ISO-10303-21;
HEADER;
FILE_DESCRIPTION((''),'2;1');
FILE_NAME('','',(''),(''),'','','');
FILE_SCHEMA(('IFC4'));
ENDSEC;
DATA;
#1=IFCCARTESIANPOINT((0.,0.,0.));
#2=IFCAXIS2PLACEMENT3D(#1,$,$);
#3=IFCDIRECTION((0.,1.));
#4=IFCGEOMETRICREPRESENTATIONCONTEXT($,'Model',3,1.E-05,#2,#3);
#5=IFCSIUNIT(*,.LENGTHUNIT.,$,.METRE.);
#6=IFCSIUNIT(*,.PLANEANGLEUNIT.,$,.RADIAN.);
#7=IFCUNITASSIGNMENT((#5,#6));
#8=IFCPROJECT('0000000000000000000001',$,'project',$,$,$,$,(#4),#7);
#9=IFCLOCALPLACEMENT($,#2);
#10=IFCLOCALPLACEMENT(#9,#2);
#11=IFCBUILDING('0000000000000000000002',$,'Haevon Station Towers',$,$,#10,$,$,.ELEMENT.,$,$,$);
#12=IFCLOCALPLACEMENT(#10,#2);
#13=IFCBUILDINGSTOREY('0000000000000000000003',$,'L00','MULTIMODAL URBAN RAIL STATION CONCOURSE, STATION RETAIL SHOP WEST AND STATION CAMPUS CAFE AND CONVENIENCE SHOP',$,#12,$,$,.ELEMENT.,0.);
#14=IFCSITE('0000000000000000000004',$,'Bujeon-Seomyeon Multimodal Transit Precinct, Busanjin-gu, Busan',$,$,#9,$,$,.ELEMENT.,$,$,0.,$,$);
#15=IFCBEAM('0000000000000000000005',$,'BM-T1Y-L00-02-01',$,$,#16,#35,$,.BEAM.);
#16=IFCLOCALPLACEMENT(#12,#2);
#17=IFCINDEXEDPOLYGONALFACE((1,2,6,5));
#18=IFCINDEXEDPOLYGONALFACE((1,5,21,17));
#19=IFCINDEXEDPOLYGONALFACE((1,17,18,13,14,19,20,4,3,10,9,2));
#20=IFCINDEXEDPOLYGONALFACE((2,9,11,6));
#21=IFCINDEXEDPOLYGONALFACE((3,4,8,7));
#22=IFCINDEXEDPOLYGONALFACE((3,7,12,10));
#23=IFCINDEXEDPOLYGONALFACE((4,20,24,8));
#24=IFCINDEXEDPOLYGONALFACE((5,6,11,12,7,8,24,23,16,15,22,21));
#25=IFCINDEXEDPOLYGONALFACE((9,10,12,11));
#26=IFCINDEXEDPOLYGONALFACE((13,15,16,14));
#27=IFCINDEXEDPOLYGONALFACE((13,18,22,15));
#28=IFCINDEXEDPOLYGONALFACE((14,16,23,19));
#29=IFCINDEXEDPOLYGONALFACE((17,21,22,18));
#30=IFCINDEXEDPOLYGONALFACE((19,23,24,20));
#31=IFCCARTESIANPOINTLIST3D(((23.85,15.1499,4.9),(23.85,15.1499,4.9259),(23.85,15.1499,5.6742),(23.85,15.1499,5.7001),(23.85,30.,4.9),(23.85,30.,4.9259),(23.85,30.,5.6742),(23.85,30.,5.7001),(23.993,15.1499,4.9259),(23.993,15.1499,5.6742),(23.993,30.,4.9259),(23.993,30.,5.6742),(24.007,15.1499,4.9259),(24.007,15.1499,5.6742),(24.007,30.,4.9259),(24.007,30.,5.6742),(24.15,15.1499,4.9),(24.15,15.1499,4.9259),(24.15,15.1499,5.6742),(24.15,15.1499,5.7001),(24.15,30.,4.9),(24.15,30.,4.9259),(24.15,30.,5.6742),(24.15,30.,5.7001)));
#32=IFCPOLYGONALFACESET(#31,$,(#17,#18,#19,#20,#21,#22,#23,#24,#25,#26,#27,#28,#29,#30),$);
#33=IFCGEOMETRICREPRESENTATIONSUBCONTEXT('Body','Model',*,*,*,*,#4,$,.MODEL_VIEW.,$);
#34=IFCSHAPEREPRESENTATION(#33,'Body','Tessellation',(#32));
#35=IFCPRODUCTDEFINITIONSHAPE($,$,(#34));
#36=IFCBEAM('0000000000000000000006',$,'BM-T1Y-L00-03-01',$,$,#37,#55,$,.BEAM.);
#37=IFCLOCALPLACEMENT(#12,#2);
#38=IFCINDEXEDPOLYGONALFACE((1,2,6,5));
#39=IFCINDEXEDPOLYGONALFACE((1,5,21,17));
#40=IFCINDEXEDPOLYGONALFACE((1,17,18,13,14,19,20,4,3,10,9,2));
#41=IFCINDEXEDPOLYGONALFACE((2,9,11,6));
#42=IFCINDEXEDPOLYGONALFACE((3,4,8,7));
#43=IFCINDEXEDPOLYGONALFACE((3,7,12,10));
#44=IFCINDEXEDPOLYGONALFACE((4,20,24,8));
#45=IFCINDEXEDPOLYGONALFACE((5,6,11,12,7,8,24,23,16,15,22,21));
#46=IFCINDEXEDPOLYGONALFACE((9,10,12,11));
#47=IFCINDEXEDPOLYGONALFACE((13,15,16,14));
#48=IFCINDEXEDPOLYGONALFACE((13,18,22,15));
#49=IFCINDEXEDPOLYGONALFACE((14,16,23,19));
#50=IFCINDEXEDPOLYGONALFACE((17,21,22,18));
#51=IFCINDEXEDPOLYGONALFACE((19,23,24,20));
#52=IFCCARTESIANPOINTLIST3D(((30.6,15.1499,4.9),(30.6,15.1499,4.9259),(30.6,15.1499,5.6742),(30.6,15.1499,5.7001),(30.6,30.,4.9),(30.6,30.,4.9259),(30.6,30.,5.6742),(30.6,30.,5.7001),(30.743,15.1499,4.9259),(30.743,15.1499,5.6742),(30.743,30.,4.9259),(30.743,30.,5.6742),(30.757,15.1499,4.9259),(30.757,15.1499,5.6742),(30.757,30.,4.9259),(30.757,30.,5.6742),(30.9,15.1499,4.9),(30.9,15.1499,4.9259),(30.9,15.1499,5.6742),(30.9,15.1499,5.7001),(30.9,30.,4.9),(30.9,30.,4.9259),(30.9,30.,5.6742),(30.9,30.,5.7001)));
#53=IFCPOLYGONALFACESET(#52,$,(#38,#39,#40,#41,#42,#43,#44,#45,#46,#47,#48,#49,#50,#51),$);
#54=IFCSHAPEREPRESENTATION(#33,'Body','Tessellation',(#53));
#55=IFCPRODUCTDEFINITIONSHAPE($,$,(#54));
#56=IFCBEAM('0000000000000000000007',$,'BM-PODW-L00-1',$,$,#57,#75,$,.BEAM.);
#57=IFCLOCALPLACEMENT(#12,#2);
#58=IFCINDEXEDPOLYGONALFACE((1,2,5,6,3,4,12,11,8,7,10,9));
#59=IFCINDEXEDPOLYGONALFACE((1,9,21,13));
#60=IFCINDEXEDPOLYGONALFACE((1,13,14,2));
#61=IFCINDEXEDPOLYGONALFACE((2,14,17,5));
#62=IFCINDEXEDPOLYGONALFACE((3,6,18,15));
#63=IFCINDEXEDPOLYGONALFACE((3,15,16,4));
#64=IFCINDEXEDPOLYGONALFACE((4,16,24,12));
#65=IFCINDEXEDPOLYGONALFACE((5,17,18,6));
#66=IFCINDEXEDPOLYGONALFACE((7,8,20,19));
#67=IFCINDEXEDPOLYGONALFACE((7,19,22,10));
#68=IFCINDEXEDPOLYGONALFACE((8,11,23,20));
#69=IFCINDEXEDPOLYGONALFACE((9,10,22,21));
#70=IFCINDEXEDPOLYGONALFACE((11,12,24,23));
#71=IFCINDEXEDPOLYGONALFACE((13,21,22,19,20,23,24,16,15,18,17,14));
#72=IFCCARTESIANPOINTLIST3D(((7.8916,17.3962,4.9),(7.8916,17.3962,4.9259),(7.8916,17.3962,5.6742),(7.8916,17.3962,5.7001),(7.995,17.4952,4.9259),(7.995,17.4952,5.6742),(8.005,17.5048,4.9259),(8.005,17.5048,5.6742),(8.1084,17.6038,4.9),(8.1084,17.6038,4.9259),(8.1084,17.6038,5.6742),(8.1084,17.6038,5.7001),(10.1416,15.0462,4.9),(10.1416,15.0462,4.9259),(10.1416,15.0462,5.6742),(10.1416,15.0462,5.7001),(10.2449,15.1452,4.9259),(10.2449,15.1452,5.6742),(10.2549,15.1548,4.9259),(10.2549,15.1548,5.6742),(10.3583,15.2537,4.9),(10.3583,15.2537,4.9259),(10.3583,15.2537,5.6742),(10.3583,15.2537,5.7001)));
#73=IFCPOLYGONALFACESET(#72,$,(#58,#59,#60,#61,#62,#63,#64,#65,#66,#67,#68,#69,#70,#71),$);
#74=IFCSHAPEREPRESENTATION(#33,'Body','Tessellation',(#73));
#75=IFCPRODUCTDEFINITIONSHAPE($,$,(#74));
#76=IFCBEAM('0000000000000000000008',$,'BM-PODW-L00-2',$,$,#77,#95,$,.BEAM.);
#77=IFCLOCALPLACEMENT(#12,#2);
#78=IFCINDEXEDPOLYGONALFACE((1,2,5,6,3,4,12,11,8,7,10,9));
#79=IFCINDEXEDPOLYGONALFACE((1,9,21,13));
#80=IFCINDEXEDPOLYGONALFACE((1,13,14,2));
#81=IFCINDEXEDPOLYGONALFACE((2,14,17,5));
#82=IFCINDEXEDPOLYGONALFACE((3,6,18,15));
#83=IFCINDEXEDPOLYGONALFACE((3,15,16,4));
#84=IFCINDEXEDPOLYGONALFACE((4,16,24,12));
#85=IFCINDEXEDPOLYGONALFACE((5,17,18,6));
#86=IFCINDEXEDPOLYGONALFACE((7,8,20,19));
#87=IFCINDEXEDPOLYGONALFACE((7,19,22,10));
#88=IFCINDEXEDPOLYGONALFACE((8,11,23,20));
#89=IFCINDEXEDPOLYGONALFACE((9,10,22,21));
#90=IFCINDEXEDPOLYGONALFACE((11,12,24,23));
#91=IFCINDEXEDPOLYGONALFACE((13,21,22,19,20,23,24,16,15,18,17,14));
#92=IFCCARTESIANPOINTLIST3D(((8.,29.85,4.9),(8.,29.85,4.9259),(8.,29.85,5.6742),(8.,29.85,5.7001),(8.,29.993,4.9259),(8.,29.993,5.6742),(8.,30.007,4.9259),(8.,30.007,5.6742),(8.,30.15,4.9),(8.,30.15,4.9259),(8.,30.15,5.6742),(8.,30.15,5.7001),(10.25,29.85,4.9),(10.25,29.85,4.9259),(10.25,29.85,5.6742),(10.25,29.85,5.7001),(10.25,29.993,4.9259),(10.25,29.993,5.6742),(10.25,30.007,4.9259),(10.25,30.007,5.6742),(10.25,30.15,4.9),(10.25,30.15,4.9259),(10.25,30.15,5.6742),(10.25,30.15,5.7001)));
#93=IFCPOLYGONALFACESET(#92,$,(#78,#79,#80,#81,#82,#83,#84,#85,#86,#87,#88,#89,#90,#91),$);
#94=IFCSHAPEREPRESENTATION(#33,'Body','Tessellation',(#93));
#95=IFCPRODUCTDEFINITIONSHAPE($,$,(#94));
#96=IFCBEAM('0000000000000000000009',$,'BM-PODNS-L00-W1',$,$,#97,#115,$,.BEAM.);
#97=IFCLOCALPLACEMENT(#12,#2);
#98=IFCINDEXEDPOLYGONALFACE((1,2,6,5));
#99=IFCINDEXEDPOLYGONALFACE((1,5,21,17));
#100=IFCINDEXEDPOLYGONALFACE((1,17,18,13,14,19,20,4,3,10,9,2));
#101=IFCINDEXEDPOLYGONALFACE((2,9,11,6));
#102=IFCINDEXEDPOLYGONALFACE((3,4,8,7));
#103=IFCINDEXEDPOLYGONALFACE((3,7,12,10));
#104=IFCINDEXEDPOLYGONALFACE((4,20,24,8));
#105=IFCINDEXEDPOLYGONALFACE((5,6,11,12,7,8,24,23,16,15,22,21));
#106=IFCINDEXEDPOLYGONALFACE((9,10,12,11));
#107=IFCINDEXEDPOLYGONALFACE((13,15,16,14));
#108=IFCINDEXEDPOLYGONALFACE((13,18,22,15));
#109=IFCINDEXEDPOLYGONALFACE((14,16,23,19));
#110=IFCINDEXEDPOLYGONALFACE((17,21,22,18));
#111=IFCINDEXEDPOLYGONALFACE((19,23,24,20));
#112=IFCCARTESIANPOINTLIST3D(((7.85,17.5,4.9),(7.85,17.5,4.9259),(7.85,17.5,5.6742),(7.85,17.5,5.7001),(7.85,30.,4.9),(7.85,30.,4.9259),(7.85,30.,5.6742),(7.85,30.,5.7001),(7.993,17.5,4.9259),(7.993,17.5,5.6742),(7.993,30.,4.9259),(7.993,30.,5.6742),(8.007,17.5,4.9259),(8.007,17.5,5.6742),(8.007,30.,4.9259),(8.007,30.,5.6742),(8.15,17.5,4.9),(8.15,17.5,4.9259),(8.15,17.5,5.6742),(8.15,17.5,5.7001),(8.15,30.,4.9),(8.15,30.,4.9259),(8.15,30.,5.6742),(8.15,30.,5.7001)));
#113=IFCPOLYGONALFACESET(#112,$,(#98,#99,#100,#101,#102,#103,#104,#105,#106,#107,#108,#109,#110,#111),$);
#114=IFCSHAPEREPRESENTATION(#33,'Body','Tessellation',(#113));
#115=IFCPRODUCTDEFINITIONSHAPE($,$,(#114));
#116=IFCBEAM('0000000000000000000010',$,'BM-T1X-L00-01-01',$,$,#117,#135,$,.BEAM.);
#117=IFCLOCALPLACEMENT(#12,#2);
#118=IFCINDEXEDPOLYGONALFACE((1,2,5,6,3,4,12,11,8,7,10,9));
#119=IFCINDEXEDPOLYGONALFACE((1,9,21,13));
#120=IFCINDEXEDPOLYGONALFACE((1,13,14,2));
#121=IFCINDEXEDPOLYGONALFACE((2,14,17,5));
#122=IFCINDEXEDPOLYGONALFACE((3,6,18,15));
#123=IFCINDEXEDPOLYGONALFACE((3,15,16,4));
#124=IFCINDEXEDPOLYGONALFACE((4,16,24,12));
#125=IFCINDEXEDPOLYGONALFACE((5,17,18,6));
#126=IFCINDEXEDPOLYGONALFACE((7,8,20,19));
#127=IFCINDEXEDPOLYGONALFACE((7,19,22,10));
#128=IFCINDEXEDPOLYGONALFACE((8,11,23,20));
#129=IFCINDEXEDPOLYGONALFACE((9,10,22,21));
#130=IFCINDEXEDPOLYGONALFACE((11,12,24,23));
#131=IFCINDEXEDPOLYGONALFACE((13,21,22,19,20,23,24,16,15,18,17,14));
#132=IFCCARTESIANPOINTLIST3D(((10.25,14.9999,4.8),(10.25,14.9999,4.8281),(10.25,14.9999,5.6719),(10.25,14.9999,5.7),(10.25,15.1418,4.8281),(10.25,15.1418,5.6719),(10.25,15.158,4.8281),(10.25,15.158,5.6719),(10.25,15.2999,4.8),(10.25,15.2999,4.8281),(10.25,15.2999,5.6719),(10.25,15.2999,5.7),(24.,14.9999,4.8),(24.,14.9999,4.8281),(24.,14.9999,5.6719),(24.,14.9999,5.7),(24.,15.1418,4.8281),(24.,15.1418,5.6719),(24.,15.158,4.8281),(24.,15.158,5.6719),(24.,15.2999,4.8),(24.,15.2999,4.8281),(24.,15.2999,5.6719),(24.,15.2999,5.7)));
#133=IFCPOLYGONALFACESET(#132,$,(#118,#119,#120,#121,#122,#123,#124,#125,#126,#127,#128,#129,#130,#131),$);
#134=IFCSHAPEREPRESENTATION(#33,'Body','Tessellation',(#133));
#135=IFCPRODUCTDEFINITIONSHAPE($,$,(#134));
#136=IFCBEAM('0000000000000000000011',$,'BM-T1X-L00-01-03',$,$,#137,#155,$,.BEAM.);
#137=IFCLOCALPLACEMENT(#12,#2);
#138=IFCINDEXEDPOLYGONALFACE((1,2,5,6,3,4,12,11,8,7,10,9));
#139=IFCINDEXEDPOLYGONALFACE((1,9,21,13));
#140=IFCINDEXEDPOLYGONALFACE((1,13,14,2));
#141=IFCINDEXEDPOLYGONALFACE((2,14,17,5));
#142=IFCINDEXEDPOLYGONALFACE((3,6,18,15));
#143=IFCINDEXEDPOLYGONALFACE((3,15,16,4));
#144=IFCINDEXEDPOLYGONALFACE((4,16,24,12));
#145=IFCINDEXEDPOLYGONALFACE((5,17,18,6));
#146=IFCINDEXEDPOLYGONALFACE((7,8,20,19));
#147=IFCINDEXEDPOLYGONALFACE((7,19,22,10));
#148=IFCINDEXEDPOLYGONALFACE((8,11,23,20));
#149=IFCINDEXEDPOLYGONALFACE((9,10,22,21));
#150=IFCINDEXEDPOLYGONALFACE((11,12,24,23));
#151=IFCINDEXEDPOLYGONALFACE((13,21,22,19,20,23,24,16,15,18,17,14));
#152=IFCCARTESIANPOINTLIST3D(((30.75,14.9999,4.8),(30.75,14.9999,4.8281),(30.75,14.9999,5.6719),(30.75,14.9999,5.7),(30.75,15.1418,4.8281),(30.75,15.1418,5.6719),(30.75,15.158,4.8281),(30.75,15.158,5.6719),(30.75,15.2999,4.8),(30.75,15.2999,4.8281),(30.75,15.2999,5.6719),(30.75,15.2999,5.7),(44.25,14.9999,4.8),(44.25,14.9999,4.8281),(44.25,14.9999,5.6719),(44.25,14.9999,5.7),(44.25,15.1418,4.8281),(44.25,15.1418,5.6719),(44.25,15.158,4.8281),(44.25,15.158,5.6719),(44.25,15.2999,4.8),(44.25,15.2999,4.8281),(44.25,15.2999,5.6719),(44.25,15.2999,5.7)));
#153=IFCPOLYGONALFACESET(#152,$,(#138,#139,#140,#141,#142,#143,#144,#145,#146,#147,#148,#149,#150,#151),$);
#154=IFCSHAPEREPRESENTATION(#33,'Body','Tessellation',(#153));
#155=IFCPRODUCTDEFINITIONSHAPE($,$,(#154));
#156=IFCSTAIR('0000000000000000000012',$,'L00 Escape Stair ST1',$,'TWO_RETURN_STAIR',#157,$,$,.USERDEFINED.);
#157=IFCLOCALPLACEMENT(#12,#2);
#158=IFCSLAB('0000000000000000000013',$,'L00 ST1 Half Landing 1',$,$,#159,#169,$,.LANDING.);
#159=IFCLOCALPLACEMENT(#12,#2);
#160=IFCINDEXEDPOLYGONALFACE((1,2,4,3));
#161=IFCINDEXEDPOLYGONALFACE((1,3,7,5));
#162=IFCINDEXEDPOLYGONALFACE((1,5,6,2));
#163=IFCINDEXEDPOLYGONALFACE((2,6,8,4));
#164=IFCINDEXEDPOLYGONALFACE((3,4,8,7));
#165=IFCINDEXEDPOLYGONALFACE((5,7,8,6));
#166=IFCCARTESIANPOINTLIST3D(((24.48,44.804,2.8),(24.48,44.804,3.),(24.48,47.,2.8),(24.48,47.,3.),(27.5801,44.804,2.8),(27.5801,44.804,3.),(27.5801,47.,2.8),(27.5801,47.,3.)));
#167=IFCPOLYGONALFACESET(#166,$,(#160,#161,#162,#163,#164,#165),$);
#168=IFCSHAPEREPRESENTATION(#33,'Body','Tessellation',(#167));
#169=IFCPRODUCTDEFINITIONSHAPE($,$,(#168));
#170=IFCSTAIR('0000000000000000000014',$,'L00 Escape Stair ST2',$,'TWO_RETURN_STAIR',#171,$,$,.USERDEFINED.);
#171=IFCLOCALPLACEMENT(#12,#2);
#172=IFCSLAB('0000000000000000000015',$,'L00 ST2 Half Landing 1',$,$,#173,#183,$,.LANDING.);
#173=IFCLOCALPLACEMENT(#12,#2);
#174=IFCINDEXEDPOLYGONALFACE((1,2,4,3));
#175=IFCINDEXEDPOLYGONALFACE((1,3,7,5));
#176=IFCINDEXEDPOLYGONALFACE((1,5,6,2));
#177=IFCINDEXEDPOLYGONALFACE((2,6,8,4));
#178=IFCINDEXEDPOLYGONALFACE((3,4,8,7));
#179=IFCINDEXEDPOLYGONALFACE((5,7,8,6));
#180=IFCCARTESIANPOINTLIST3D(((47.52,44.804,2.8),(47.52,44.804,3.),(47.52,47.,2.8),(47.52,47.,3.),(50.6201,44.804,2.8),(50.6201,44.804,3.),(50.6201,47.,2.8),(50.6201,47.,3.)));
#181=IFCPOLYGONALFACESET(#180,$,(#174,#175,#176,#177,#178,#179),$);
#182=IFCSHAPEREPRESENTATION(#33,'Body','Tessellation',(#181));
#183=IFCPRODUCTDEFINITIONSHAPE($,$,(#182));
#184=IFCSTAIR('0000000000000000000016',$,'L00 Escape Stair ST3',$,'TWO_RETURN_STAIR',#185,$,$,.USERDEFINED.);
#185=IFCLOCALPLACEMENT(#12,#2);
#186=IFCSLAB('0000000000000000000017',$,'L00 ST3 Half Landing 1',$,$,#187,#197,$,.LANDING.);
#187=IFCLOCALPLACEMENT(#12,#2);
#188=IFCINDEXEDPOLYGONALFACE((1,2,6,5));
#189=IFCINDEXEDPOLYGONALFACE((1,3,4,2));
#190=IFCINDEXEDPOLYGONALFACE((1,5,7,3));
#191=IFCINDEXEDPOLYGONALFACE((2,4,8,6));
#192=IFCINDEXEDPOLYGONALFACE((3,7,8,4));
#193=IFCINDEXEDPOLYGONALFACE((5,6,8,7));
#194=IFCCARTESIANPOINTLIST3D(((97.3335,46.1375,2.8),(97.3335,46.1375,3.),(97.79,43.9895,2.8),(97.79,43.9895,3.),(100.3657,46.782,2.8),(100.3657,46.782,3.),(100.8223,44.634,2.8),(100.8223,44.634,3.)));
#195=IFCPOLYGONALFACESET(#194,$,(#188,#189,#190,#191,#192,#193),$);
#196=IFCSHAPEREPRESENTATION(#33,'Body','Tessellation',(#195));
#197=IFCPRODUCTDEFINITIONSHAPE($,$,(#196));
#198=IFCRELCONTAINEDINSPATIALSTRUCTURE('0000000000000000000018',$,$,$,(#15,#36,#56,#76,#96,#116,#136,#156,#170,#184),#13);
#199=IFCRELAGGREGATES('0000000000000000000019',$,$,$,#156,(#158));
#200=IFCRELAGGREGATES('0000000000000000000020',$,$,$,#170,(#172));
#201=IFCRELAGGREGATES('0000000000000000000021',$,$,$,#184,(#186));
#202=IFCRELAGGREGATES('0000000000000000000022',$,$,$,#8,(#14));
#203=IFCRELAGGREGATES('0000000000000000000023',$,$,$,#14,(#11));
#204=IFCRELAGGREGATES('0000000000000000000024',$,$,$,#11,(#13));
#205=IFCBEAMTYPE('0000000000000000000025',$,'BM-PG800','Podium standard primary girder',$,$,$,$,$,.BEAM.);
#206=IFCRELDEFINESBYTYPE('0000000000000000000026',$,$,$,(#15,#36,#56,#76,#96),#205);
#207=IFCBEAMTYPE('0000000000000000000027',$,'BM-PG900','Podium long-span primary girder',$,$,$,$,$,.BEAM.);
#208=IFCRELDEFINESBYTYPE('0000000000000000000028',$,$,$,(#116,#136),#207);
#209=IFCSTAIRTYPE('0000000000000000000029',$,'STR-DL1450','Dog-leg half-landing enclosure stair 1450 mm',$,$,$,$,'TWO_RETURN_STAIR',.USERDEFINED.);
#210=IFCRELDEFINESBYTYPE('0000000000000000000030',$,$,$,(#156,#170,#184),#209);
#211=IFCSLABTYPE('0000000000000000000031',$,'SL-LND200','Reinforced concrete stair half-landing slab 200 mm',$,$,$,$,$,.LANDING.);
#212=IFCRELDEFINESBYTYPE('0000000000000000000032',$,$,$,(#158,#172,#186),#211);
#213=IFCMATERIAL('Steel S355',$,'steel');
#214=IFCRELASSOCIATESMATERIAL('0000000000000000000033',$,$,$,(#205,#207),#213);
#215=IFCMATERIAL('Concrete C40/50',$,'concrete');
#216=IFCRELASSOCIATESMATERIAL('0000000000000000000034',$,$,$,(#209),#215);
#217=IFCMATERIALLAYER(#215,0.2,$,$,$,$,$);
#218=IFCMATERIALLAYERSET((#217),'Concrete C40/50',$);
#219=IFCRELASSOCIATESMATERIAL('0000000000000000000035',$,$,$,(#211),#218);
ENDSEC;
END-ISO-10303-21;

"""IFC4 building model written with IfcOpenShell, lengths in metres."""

from ifc_helpers import new_model, si_unit, direction, frame, origin, origin_2d, place, context, subcontext, project, spatial, polyline, i_section, outline, extrude, material, layer, layer_set, material_profile, profile_set, type_object, element, aggregate, save


model = new_model("IFC4")

# Units and contexts
model_context = context("Model", 3, precision=1e-05, world=origin(), true_north=direction((0.0, 1.0)))
body_context = subcontext(model_context, "Body", "Model", "MODEL_VIEW")
ifc_project = project(units=[si_unit("LENGTHUNIT", "METRE"), si_unit("PLANEANGLEUNIT", "RADIAN")], contexts=[model_context])

# Site, building, storey
site_placement = place(None, origin())
site = spatial("IfcSite", under=ifc_project, at=site_placement, Name="Bujeon-Seomyeon Multimodal Transit Precinct, Busanjin-gu, Busan", CompositionType="ELEMENT", RefElevation=0.0)
building_placement = place(site_placement, origin())
building = spatial("IfcBuilding", under=site, at=building_placement, Name="Haevon Station Towers", CompositionType="ELEMENT")
storey_placement = place(building_placement, origin())
storey = spatial("IfcBuildingStorey", under=building, at=storey_placement, Name="L00", Description="MULTIMODAL URBAN RAIL STATION CONCOURSE, STATION RETAIL SHOP WEST AND STATION CAMPUS CAFE AND CONVENIENCE SHOP", CompositionType="ELEMENT", Elevation=0.0)

# Beams
ifc_material_1 = material(Name="Steel S355", Category="steel")
ifc_material_profile_1 = material_profile(ifc_material_1, i_section(OverallWidth=0.3, OverallDepth=0.8, WebThickness=0.0139, FlangeThickness=0.0259, at=origin_2d()), Name="H-800x300x14x26")
ifc_profile_set_1 = profile_set([ifc_material_profile_1], Name="Steel S355")
beam_type_1 = type_object("IfcBeamType", Name="BM-PG800", Description="Podium standard primary girder", PredefinedType="BEAM", material=ifc_profile_set_1)
for number, where, z_axis, x_axis, name in (
    (1, (24.0, 15.1499, 5.3), (0.0, 1.0, 0.0), (-1.0, 0.0, 0.0), "BM-T1Y-L00-02-01"),
    (2, (30.75, 15.1499, 5.3), (0.0, 1.0, 0.0), (-1.0, 0.0, 0.0), "BM-T1Y-L00-03-01"),
):
    element("IfcBeam", number, at=place(storey_placement, frame(where, z_axis=z_axis, x_axis=x_axis)), inside=storey, type_object=beam_type_1, Name=name, PredefinedType="BEAM", context=body_context, shape_type="SweptSolid", body=[
        extrude(i_section(OverallWidth=0.3, OverallDepth=0.8, WebThickness=0.0139, FlangeThickness=0.0259, at=origin_2d()), origin(), (0.0, 0.0, 1.0), 14.8501),
    ])
beam_1_placement = place(storey_placement, frame((8.0, 17.5, 5.3), z_axis=(0.691557, -0.722322, 0.0), x_axis=(0.722322, 0.691557, 0.0)))
element("IfcBeam", 3, at=beam_1_placement, inside=storey, type_object=beam_type_1, Name="BM-PODW-L00-1", PredefinedType="BEAM", context=body_context, shape_type="SweptSolid", body=[
    extrude(i_section(OverallWidth=0.3, OverallDepth=0.8, WebThickness=0.0139, FlangeThickness=0.0259, at=origin_2d()), origin(), (0.0, 0.0, 1.0), 3.2534),
])
beam_2_placement = place(storey_placement, frame((8.0, 30.0, 5.3), z_axis=(1.0, 0.0, 0.0), x_axis=(0.0, 1.0, 0.0)))
element("IfcBeam", 4, at=beam_2_placement, inside=storey, type_object=beam_type_1, Name="BM-PODW-L00-2", PredefinedType="BEAM", context=body_context, shape_type="SweptSolid", body=[
    extrude(i_section(OverallWidth=0.3, OverallDepth=0.8, WebThickness=0.0139, FlangeThickness=0.0259, at=origin_2d()), origin(), (0.0, 0.0, 1.0), 2.25),
])
beam_3_placement = place(storey_placement, frame((8.0, 17.5, 5.3), z_axis=(0.0, 1.0, 0.0), x_axis=(-1.0, 0.0, 0.0)))
element("IfcBeam", 5, at=beam_3_placement, inside=storey, type_object=beam_type_1, Name="BM-PODNS-L00-W1", PredefinedType="BEAM", context=body_context, shape_type="SweptSolid", body=[
    extrude(i_section(OverallWidth=0.3, OverallDepth=0.8, WebThickness=0.0139, FlangeThickness=0.0259, at=origin_2d()), origin(), (0.0, 0.0, 1.0), 12.5),
])
ifc_material_profile_2 = material_profile(ifc_material_1, i_section(OverallWidth=0.3, OverallDepth=0.8999, WebThickness=0.0161, FlangeThickness=0.0281, at=origin_2d()), Name="H-900x300x16x28")
ifc_profile_set_2 = profile_set([ifc_material_profile_2], Name="Steel S355")
beam_type_2 = type_object("IfcBeamType", Name="BM-PG900", Description="Podium long-span primary girder", PredefinedType="BEAM", material=ifc_profile_set_2)
beam_4_placement = place(storey_placement, frame((10.25, 15.1499, 5.25), z_axis=(1.0, 0.0, 0.0), x_axis=(0.0, 1.0, 0.0)))
element("IfcBeam", 6, at=beam_4_placement, inside=storey, type_object=beam_type_2, Name="BM-T1X-L00-01-01", PredefinedType="BEAM", context=body_context, shape_type="SweptSolid", body=[
    extrude(i_section(OverallWidth=0.3, OverallDepth=0.8999, WebThickness=0.0161, FlangeThickness=0.0281, at=origin_2d()), origin(), (0.0, 0.0, 1.0), 13.75),
])
beam_5_placement = place(storey_placement, frame((30.75, 15.1499, 5.25), z_axis=(1.0, 0.0, 0.0), x_axis=(0.0, 1.0, 0.0)))
element("IfcBeam", 7, at=beam_5_placement, inside=storey, type_object=beam_type_2, Name="BM-T1X-L00-01-03", PredefinedType="BEAM", context=body_context, shape_type="SweptSolid", body=[
    extrude(i_section(OverallWidth=0.3, OverallDepth=0.8999, WebThickness=0.0161, FlangeThickness=0.0281, at=origin_2d()), origin(), (0.0, 0.0, 1.0), 13.5),
])

# Stairs, slabs
ifc_material_2 = material(Name="Concrete C40/50", Category="concrete")
stair_type_1 = type_object("IfcStairType", Name="STR-DL1450", Description="Dog-leg half-landing enclosure stair 1450 mm", ElementType="TWO_RETURN_STAIR", PredefinedType="USERDEFINED", material=ifc_material_2)
stair_1_placement = place(storey_placement, origin())
stair_1 = element("IfcStair", 8, at=stair_1_placement, inside=storey, type_object=stair_type_1, Name="L00 Escape Stair ST1", ObjectType="TWO_RETURN_STAIR", PredefinedType="USERDEFINED")
ifc_layer_1 = layer(ifc_material_2, 0.2)
ifc_layer_set_1 = layer_set([ifc_layer_1], Name="Concrete C40/50")
slab_type_1 = type_object("IfcSlabType", Name="SL-LND200", Description="Reinforced concrete stair half-landing slab 200 mm", PredefinedType="LANDING", material=ifc_layer_set_1)
slab_1_placement = place(storey_placement, frame((0.0, 0.0, 2.8)))
slab_1 = element("IfcSlab", 9, at=slab_1_placement, type_object=slab_type_1, Name="L00 ST1 Half Landing 1", PredefinedType="LANDING", context=body_context, shape_type="SweptSolid", body=[
    extrude(outline(polyline([(27.5801, 44.804), (27.5801, 47.0), (24.48, 47.0), (24.48, 44.804), (27.5801, 44.804)])), origin(), (0.0, 0.0, 1.0), 0.2),
])
aggregate(stair_1, [slab_1])
stair_2_placement = place(storey_placement, origin())
stair_2 = element("IfcStair", 10, at=stair_2_placement, inside=storey, type_object=stair_type_1, Name="L00 Escape Stair ST2", ObjectType="TWO_RETURN_STAIR", PredefinedType="USERDEFINED")
slab_2_placement = place(storey_placement, frame((0.0, 0.0, 2.8)))
slab_2 = element("IfcSlab", 11, at=slab_2_placement, type_object=slab_type_1, Name="L00 ST2 Half Landing 1", PredefinedType="LANDING", context=body_context, shape_type="SweptSolid", body=[
    extrude(outline(polyline([(50.6201, 44.804), (50.6201, 47.0), (47.52, 47.0), (47.52, 44.804), (50.6201, 44.804)])), origin(), (0.0, 0.0, 1.0), 0.2),
])
aggregate(stair_2, [slab_2])
stair_3_placement = place(storey_placement, origin())
stair_3 = element("IfcStair", 12, at=stair_3_placement, inside=storey, type_object=stair_type_1, Name="L00 Escape Stair ST3", ObjectType="TWO_RETURN_STAIR", PredefinedType="USERDEFINED")
slab_3_placement = place(storey_placement, frame((0.0, 0.0, 2.8)))
slab_3 = element("IfcSlab", 13, at=slab_3_placement, type_object=slab_type_1, Name="L00 ST3 Half Landing 1", PredefinedType="LANDING", context=body_context, shape_type="SweptSolid", body=[
    extrude(outline(polyline([(100.8223, 44.634), (100.3657, 46.782), (97.3335, 46.1375), (97.79, 43.9895), (100.8223, 44.634)])), origin(), (0.0, 0.0, 1.0), 0.2),
])
aggregate(stair_3, [slab_3])

save(model, "model.ifc")
